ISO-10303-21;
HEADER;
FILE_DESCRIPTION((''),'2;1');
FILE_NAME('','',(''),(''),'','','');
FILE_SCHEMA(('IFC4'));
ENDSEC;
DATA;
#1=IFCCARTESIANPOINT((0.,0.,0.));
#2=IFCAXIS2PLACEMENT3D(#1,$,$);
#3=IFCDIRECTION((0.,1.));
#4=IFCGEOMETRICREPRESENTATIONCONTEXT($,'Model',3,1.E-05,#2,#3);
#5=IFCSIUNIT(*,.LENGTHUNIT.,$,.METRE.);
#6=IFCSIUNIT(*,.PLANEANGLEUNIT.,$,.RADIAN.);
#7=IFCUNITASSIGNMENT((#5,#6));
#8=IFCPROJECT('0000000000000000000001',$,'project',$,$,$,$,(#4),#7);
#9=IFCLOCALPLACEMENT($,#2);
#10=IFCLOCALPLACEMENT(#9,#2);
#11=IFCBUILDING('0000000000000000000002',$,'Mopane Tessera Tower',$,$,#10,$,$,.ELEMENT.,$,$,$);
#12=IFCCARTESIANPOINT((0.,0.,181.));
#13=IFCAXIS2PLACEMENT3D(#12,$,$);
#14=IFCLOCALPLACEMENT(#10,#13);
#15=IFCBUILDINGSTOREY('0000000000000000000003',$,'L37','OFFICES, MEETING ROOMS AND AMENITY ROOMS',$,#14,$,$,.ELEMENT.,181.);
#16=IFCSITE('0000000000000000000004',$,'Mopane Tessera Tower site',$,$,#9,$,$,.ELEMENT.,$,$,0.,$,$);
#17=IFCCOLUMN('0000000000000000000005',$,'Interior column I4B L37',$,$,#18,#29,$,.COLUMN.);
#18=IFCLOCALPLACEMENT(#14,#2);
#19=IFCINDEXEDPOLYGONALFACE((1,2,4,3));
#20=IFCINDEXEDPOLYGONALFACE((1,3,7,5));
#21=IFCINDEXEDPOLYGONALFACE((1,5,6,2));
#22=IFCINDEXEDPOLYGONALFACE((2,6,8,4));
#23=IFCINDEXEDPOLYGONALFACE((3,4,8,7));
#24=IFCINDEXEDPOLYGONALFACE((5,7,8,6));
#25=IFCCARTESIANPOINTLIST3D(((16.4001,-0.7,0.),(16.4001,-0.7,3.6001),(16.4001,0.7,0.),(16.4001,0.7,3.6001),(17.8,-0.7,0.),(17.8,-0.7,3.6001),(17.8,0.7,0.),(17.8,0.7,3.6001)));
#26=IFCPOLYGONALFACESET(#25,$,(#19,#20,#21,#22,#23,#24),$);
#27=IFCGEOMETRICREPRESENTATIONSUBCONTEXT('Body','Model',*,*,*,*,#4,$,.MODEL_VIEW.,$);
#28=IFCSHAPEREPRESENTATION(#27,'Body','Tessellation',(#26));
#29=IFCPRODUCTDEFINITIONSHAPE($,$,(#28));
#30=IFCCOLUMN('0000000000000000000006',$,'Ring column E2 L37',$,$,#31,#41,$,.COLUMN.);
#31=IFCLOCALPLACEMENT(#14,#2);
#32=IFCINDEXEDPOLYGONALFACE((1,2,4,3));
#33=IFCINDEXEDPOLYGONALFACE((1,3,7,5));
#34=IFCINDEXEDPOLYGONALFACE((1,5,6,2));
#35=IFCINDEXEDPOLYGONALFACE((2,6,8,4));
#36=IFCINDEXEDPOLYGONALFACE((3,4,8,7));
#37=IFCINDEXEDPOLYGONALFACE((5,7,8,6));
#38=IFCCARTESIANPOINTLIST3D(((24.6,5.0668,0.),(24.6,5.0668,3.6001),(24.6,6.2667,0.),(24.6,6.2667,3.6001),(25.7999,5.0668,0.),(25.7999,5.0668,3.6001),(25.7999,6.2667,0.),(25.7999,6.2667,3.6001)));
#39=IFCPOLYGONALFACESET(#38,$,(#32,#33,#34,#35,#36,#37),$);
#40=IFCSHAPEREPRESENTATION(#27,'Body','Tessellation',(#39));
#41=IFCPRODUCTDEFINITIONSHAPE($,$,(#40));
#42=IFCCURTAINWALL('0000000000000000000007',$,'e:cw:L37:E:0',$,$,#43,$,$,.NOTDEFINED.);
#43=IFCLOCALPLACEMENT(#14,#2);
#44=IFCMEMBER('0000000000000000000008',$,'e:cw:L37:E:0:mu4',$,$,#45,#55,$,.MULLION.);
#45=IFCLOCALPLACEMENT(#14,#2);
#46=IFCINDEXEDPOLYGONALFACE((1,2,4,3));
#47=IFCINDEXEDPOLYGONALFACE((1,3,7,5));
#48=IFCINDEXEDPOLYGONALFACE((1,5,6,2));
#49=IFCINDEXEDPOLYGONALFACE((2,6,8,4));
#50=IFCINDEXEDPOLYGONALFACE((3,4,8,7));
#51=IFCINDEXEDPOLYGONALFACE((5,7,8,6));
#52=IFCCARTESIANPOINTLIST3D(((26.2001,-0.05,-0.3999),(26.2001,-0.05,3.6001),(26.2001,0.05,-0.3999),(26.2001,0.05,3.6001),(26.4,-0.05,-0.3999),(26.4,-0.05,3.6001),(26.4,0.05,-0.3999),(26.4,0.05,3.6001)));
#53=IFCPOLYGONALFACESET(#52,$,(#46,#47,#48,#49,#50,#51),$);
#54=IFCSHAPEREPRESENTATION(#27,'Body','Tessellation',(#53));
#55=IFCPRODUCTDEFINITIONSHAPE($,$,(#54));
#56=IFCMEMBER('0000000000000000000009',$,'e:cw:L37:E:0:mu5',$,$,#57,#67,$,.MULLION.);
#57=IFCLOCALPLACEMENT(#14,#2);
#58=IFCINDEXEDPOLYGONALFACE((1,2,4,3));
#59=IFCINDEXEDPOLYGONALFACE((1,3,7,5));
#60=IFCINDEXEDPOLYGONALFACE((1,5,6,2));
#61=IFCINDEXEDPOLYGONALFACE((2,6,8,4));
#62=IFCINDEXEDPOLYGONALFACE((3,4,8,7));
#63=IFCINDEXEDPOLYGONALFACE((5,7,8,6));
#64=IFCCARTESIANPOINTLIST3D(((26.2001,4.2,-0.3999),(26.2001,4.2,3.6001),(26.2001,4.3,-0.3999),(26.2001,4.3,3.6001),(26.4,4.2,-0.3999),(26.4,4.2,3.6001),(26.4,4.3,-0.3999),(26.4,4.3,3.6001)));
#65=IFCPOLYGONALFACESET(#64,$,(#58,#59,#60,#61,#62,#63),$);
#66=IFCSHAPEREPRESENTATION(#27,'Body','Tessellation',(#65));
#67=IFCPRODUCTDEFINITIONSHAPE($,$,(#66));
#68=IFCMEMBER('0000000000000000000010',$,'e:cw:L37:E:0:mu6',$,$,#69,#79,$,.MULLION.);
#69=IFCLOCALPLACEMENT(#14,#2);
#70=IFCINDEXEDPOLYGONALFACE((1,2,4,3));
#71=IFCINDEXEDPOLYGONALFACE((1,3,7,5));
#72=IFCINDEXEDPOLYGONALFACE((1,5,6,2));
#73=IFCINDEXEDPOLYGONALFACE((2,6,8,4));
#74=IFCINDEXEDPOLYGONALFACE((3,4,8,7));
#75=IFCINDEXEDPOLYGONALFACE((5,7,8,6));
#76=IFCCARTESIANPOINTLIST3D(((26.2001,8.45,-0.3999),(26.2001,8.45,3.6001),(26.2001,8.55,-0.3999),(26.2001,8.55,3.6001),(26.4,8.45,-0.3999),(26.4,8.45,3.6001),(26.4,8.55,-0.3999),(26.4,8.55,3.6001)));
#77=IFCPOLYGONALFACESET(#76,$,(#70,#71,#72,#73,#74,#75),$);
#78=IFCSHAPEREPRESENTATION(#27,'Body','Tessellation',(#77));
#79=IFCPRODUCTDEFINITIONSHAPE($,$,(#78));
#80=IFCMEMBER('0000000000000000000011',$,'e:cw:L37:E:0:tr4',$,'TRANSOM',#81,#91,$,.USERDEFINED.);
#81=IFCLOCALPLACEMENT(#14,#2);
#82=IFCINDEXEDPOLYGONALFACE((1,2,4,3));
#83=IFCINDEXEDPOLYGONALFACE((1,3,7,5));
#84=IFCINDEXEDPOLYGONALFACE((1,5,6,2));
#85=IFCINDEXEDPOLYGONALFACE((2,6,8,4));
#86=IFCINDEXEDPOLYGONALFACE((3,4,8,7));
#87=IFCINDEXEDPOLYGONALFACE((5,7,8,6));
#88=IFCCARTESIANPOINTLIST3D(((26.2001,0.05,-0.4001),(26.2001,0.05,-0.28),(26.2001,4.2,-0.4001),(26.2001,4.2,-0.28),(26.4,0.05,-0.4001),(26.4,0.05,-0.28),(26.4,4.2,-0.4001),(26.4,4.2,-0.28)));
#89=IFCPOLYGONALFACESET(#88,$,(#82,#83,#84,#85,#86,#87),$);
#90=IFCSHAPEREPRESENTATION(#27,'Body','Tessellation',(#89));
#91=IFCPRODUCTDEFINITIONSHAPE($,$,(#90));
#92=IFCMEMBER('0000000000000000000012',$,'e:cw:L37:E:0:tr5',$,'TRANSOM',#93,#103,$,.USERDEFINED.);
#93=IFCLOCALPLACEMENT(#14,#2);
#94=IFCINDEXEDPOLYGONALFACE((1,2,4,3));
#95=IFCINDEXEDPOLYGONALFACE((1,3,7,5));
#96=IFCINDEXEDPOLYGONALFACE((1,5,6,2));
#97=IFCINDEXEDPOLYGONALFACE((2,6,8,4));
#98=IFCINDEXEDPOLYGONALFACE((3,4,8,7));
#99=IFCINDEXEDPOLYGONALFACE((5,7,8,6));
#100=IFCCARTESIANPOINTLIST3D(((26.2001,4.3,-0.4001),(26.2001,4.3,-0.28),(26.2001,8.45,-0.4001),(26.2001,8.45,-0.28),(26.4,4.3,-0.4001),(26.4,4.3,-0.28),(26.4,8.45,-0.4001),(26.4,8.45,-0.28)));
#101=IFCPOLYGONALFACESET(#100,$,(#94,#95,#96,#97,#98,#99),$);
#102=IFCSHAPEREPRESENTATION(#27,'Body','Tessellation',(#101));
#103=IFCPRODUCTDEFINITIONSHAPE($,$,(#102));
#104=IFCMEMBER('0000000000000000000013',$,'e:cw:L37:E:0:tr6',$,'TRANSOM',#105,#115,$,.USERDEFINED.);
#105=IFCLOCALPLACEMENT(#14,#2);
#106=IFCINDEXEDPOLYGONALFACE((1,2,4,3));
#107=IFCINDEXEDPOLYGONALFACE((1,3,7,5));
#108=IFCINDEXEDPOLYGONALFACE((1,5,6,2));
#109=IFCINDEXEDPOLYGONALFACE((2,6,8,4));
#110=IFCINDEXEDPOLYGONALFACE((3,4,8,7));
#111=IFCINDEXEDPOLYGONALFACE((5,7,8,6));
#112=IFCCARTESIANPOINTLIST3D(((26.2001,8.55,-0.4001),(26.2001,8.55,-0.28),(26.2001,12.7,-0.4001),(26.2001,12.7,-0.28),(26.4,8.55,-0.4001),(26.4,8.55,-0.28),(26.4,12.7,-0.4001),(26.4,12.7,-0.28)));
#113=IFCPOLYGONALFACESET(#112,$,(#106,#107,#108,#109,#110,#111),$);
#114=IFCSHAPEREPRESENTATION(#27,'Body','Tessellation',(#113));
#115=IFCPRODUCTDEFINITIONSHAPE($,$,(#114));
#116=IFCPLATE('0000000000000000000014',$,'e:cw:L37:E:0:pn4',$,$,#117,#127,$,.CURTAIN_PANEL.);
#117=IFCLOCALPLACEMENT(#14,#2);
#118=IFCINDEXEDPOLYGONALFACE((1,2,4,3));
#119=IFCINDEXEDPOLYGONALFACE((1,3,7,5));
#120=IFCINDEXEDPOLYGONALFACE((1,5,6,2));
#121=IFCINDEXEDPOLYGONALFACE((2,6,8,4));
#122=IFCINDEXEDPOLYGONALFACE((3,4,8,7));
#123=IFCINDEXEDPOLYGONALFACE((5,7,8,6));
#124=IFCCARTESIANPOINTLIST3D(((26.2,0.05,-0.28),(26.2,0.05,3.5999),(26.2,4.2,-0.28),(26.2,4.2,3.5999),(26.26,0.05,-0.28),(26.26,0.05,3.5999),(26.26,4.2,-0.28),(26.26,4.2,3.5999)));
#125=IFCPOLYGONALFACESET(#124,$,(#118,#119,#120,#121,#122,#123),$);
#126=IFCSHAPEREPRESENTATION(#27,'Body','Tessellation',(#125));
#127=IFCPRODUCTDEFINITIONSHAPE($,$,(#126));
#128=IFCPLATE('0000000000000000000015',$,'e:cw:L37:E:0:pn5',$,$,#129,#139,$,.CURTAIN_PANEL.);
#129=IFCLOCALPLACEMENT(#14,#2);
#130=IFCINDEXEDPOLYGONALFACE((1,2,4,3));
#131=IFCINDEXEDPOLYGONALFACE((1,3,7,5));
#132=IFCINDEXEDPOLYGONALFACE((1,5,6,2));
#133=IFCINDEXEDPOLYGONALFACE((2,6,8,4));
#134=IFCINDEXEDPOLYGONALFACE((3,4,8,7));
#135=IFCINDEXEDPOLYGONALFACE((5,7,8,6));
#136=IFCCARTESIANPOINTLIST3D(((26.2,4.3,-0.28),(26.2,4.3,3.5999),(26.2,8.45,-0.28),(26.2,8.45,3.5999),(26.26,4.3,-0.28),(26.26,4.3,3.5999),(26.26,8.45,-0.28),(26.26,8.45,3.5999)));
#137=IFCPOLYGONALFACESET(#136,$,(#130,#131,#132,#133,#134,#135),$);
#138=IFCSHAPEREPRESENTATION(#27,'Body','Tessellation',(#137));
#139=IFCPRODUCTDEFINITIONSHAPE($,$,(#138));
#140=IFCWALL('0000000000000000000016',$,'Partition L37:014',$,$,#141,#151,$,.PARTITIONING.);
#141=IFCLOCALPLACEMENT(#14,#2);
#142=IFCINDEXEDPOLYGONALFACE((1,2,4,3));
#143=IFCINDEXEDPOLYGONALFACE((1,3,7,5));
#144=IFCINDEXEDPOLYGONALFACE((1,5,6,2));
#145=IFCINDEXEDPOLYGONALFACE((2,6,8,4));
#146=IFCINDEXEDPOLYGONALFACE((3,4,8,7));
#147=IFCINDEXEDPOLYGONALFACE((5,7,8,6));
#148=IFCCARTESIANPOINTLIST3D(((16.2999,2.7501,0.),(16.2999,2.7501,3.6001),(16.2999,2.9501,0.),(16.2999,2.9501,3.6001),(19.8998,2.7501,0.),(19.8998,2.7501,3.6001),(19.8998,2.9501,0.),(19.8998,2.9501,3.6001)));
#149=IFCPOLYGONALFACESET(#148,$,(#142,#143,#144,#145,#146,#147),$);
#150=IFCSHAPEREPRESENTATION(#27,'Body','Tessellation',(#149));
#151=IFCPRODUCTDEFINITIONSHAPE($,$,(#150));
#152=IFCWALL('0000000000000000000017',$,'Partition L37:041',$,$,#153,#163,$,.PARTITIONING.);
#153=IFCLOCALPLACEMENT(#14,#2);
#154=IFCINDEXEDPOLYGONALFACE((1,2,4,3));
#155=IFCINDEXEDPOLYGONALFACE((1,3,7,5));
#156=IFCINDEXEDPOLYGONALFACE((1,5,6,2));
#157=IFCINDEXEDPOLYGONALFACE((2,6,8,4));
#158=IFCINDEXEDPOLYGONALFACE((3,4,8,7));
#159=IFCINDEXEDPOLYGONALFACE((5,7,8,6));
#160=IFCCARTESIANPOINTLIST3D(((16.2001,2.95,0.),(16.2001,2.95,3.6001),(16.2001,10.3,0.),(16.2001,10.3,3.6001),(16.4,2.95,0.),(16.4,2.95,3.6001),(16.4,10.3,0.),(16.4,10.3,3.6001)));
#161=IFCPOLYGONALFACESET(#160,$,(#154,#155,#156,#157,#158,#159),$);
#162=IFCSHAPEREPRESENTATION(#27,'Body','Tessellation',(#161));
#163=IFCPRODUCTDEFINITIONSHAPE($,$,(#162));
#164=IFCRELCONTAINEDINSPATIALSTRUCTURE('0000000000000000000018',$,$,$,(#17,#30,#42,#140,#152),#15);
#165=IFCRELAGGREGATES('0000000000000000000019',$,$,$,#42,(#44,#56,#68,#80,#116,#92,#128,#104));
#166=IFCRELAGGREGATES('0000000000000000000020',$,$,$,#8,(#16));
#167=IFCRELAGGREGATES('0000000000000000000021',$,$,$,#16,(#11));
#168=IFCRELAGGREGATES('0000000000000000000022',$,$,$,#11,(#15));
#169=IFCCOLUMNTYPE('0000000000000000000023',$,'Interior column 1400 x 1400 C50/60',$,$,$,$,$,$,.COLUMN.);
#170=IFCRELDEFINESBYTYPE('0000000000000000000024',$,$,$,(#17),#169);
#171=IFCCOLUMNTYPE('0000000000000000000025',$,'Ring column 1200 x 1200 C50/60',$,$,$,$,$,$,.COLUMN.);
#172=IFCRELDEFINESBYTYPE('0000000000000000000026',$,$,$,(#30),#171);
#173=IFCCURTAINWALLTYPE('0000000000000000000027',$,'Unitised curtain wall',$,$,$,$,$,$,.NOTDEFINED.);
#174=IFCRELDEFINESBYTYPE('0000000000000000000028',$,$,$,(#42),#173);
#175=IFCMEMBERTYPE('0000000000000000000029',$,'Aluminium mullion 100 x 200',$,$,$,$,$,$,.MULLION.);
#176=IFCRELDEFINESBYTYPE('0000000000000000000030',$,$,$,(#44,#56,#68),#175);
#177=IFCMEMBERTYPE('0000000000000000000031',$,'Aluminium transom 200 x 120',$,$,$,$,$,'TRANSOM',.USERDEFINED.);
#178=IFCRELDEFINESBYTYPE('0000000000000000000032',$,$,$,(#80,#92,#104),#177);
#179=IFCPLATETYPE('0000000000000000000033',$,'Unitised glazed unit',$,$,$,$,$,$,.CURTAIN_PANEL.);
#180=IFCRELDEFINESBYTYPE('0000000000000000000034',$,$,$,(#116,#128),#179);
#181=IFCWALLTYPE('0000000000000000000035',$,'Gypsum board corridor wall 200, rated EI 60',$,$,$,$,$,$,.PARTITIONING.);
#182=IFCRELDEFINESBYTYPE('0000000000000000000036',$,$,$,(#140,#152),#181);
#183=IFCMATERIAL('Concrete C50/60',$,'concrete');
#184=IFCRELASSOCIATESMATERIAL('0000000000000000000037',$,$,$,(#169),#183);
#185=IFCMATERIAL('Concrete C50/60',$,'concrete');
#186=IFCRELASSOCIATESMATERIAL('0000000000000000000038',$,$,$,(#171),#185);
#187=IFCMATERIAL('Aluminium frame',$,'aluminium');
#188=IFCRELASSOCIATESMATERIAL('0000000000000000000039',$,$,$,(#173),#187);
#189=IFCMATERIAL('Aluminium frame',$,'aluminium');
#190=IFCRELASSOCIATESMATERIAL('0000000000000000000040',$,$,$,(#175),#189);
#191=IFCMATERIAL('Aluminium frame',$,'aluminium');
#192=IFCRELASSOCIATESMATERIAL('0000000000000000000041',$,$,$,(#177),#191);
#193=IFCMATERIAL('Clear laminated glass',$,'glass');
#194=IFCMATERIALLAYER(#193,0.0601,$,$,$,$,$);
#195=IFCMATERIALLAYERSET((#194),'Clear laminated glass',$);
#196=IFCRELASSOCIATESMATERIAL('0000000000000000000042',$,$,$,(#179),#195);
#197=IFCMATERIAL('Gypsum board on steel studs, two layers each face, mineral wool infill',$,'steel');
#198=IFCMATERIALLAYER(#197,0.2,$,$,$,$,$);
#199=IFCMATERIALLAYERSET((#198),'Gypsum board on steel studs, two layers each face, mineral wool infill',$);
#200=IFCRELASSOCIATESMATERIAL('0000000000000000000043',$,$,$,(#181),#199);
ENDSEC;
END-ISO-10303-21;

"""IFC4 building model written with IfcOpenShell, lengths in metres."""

from ifc_helpers import new_model, si_unit, direction, frame, frame_2d, origin, origin_2d, place, context, subcontext, project, spatial, rectangle, extrude, material, layer, layer_set, material_profile, profile_set, type_object, element, aggregate, save


model = new_model("IFC4")

# Units and contexts
model_context = context("Model", 3, precision=1e-05, world=origin(), true_north=direction((0.0, 1.0)))
body_context = subcontext(model_context, "Body", "Model", "MODEL_VIEW")
ifc_project = project(units=[si_unit("LENGTHUNIT", "METRE"), si_unit("PLANEANGLEUNIT", "RADIAN")], contexts=[model_context])

# Site, building, storey
site_placement = place(None, origin())
site = spatial("IfcSite", under=ifc_project, at=site_placement, Name="Mopane Tessera Tower site", CompositionType="ELEMENT", RefElevation=0.0)
building_placement = place(site_placement, origin())
building = spatial("IfcBuilding", under=site, at=building_placement, Name="Mopane Tessera Tower", CompositionType="ELEMENT")
storey_placement = place(building_placement, frame((0.0, 0.0, 181.0)))
storey = spatial("IfcBuildingStorey", under=building, at=storey_placement, Name="L37", Description="OFFICES, MEETING ROOMS AND AMENITY ROOMS", CompositionType="ELEMENT", Elevation=181.0)

# Columns
ifc_material_1 = material(Name="Concrete C50/60", Category="concrete")
ifc_material_profile_1 = material_profile(ifc_material_1, rectangle(XDim=1.3999, YDim=1.3999, at=origin_2d()))
ifc_profile_set_1 = profile_set([ifc_material_profile_1], Name="Concrete C50/60")
column_type_1 = type_object("IfcColumnType", Name="Interior column 1400 x 1400 C50/60", PredefinedType="COLUMN", material=ifc_profile_set_1)
column_1_placement = place(storey_placement, frame((17.1001, 0.0, 0.0), z_axis=(0.0, 0.0, 1.0), x_axis=(1.0, 0.0, 0.0)))
element("IfcColumn", 1, at=column_1_placement, inside=storey, type_object=column_type_1, Name="Interior column I4B L37", PredefinedType="COLUMN", context=body_context, shape_type="SweptSolid", body=[
    extrude(rectangle(XDim=1.3999, YDim=1.3999, at=origin_2d()), origin(), (0.0, 0.0, 1.0), 3.6001),
])
ifc_material_2 = material(Name="Concrete C50/60", Category="concrete")
ifc_material_profile_2 = material_profile(ifc_material_2, rectangle(XDim=1.2, YDim=1.2, at=origin_2d()))
ifc_profile_set_2 = profile_set([ifc_material_profile_2], Name="Concrete C50/60")
column_type_2 = type_object("IfcColumnType", Name="Ring column 1200 x 1200 C50/60", PredefinedType="COLUMN", material=ifc_profile_set_2)
column_2_placement = place(storey_placement, frame((25.2, 5.6667, 0.0), z_axis=(0.0, 0.0, 1.0), x_axis=(1.0, 0.0, 0.0)))
element("IfcColumn", 2, at=column_2_placement, inside=storey, type_object=column_type_2, Name="Ring column E2 L37", PredefinedType="COLUMN", context=body_context, shape_type="SweptSolid", body=[
    extrude(rectangle(XDim=1.2, YDim=1.2, at=origin_2d()), origin(), (0.0, 0.0, 1.0), 3.6001),
])

# Curtain wall, members, plates
ifc_material_3 = material(Name="Aluminium frame", Category="aluminium")
curtain_wall_type = type_object("IfcCurtainWallType", Name="Unitised curtain wall", PredefinedType="NOTDEFINED", material=ifc_material_3)
curtain_wall_placement = place(storey_placement, origin())
curtain_wall = element("IfcCurtainWall", 3, at=curtain_wall_placement, inside=storey, type_object=curtain_wall_type, Name="e:cw:L37:E:0", PredefinedType="NOTDEFINED")
ifc_material_4 = material(Name="Aluminium frame", Category="aluminium")
ifc_material_profile_3 = material_profile(ifc_material_4, rectangle(XDim=0.1001, YDim=0.2, at=origin_2d()))
ifc_profile_set_3 = profile_set([ifc_material_profile_3], Name="Aluminium frame")
member_type_1 = type_object("IfcMemberType", Name="Aluminium mullion 100 x 200", PredefinedType="MULLION", material=ifc_profile_set_3)
member_1_placement = place(storey_placement, frame((26.3, 0.0, -0.3999), z_axis=(0.0, 0.0, 1.0), x_axis=(0.0, 1.0, 0.0)))
member_1 = element("IfcMember", 4, at=member_1_placement, type_object=member_type_1, Name="e:cw:L37:E:0:mu4", PredefinedType="MULLION", context=body_context, shape_type="SweptSolid", body=[
    extrude(rectangle(XDim=0.1001, YDim=0.2, at=origin_2d()), origin(), (0.0, 0.0, 1.0), 4.0),
])
member_2_placement = place(storey_placement, frame((26.3, 4.25, -0.3999), z_axis=(0.0, 0.0, 1.0), x_axis=(0.0, 1.0, 0.0)))
member_2 = element("IfcMember", 5, at=member_2_placement, type_object=member_type_1, Name="e:cw:L37:E:0:mu5", PredefinedType="MULLION", context=body_context, shape_type="SweptSolid", body=[
    extrude(rectangle(XDim=0.1001, YDim=0.2, at=origin_2d()), origin(), (0.0, 0.0, 1.0), 4.0),
])
member_3_placement = place(storey_placement, frame((26.3, 8.5, -0.3999), z_axis=(0.0, 0.0, 1.0), x_axis=(0.0, 1.0, 0.0)))
member_3 = element("IfcMember", 6, at=member_3_placement, type_object=member_type_1, Name="e:cw:L37:E:0:mu6", PredefinedType="MULLION", context=body_context, shape_type="SweptSolid", body=[
    extrude(rectangle(XDim=0.1001, YDim=0.2, at=origin_2d()), origin(), (0.0, 0.0, 1.0), 4.0),
])
ifc_material_5 = material(Name="Aluminium frame", Category="aluminium")
ifc_material_profile_4 = material_profile(ifc_material_5, rectangle(XDim=0.2, YDim=0.1201, at=origin_2d()))
ifc_profile_set_4 = profile_set([ifc_material_profile_4], Name="Aluminium frame")
member_type_2 = type_object("IfcMemberType", Name="Aluminium transom 200 x 120", ElementType="TRANSOM", PredefinedType="USERDEFINED", material=ifc_profile_set_4)
member_4_placement = place(storey_placement, frame((26.3, 0.05, -0.3401), z_axis=(0.0, 1.0, 0.0), x_axis=(-1.0, 0.0, 0.0)))
member_4 = element("IfcMember", 7, at=member_4_placement, type_object=member_type_2, Name="e:cw:L37:E:0:tr4", ObjectType="TRANSOM", PredefinedType="USERDEFINED", context=body_context, shape_type="SweptSolid", body=[
    extrude(rectangle(XDim=0.2, YDim=0.1201, at=origin_2d()), origin(), (0.0, 0.0, 1.0), 4.1499),
])
member_5_placement = place(storey_placement, frame((26.3, 4.3, -0.3401), z_axis=(0.0, 1.0, 0.0), x_axis=(-1.0, 0.0, 0.0)))
member_5 = element("IfcMember", 8, at=member_5_placement, type_object=member_type_2, Name="e:cw:L37:E:0:tr5", ObjectType="TRANSOM", PredefinedType="USERDEFINED", context=body_context, shape_type="SweptSolid", body=[
    extrude(rectangle(XDim=0.2, YDim=0.1201, at=origin_2d()), origin(), (0.0, 0.0, 1.0), 4.1499),
])
member_6_placement = place(storey_placement, frame((26.3, 8.55, -0.3401), z_axis=(0.0, 1.0, 0.0), x_axis=(-1.0, 0.0, 0.0)))
member_6 = element("IfcMember", 9, at=member_6_placement, type_object=member_type_2, Name="e:cw:L37:E:0:tr6", ObjectType="TRANSOM", PredefinedType="USERDEFINED", context=body_context, shape_type="SweptSolid", body=[
    extrude(rectangle(XDim=0.2, YDim=0.1201, at=origin_2d()), origin(), (0.0, 0.0, 1.0), 4.1499),
])
ifc_material_6 = material(Name="Clear laminated glass", Category="glass")
ifc_layer_1 = layer(ifc_material_6, 0.0601)
ifc_layer_set_1 = layer_set([ifc_layer_1], Name="Clear laminated glass")
plate_type = type_object("IfcPlateType", Name="Unitised glazed unit", PredefinedType="CURTAIN_PANEL", material=ifc_layer_set_1)
plate_1_placement = place(storey_placement, frame((26.23, 2.125, -0.28), z_axis=(0.0, 0.0, 1.0), x_axis=(0.0, 1.0, 0.0)))
plate_1 = element("IfcPlate", 10, at=plate_1_placement, type_object=plate_type, Name="e:cw:L37:E:0:pn4", PredefinedType="CURTAIN_PANEL", context=body_context, shape_type="SweptSolid", body=[
    extrude(rectangle(XDim=4.1499, YDim=0.0601, at=origin_2d()), origin(), (0.0, 0.0, 1.0), 3.8799),
])
plate_2_placement = place(storey_placement, frame((26.23, 6.375, -0.28), z_axis=(0.0, 0.0, 1.0), x_axis=(0.0, 1.0, 0.0)))
plate_2 = element("IfcPlate", 11, at=plate_2_placement, type_object=plate_type, Name="e:cw:L37:E:0:pn5", PredefinedType="CURTAIN_PANEL", context=body_context, shape_type="SweptSolid", body=[
    extrude(rectangle(XDim=4.1499, YDim=0.0601, at=origin_2d()), origin(), (0.0, 0.0, 1.0), 3.8799),
])
aggregate(curtain_wall, [member_1, member_2, member_3, member_4, plate_1, member_5, plate_2, member_6])

# Walls
ifc_material_7 = material(Name="Gypsum board on steel studs, two layers each face, mineral wool infill", Category="steel")
ifc_layer_2 = layer(ifc_material_7, 0.2)
ifc_layer_set_2 = layer_set([ifc_layer_2], Name="Gypsum board on steel studs, two layers each face, mineral wool infill")
wall_type_1 = type_object("IfcWallType", Name="Gypsum board corridor wall 200, rated EI 60", PredefinedType="PARTITIONING", material=ifc_layer_set_2)
wall_1_placement = place(storey_placement, frame((16.3, 2.8501, 0.0), z_axis=(0.0, 0.0, 1.0), x_axis=(1.0, 0.0, 0.0)))
element("IfcWall", 12, at=wall_1_placement, inside=storey, type_object=wall_type_1, Name="Partition L37:014", PredefinedType="PARTITIONING", context=body_context, shape_type="SweptSolid", body=[
    extrude(rectangle(XDim=3.5999, YDim=0.2, at=frame_2d((1.7998, 0.0))), origin(), (0.0, 0.0, 1.0), 3.6001),
])
wall_2_placement = place(storey_placement, frame((16.3, 2.95, 0.0), z_axis=(0.0, 0.0, 1.0), x_axis=(0.0, 1.0, 0.0)))
element("IfcWall", 13, at=wall_2_placement, inside=storey, type_object=wall_type_1, Name="Partition L37:041", PredefinedType="PARTITIONING", context=body_context, shape_type="SweptSolid", body=[
    extrude(rectangle(XDim=7.3501, YDim=0.2, at=frame_2d((3.675, 0.0))), origin(), (0.0, 0.0, 1.0), 3.6001),
])

save(model, "model.ifc")
